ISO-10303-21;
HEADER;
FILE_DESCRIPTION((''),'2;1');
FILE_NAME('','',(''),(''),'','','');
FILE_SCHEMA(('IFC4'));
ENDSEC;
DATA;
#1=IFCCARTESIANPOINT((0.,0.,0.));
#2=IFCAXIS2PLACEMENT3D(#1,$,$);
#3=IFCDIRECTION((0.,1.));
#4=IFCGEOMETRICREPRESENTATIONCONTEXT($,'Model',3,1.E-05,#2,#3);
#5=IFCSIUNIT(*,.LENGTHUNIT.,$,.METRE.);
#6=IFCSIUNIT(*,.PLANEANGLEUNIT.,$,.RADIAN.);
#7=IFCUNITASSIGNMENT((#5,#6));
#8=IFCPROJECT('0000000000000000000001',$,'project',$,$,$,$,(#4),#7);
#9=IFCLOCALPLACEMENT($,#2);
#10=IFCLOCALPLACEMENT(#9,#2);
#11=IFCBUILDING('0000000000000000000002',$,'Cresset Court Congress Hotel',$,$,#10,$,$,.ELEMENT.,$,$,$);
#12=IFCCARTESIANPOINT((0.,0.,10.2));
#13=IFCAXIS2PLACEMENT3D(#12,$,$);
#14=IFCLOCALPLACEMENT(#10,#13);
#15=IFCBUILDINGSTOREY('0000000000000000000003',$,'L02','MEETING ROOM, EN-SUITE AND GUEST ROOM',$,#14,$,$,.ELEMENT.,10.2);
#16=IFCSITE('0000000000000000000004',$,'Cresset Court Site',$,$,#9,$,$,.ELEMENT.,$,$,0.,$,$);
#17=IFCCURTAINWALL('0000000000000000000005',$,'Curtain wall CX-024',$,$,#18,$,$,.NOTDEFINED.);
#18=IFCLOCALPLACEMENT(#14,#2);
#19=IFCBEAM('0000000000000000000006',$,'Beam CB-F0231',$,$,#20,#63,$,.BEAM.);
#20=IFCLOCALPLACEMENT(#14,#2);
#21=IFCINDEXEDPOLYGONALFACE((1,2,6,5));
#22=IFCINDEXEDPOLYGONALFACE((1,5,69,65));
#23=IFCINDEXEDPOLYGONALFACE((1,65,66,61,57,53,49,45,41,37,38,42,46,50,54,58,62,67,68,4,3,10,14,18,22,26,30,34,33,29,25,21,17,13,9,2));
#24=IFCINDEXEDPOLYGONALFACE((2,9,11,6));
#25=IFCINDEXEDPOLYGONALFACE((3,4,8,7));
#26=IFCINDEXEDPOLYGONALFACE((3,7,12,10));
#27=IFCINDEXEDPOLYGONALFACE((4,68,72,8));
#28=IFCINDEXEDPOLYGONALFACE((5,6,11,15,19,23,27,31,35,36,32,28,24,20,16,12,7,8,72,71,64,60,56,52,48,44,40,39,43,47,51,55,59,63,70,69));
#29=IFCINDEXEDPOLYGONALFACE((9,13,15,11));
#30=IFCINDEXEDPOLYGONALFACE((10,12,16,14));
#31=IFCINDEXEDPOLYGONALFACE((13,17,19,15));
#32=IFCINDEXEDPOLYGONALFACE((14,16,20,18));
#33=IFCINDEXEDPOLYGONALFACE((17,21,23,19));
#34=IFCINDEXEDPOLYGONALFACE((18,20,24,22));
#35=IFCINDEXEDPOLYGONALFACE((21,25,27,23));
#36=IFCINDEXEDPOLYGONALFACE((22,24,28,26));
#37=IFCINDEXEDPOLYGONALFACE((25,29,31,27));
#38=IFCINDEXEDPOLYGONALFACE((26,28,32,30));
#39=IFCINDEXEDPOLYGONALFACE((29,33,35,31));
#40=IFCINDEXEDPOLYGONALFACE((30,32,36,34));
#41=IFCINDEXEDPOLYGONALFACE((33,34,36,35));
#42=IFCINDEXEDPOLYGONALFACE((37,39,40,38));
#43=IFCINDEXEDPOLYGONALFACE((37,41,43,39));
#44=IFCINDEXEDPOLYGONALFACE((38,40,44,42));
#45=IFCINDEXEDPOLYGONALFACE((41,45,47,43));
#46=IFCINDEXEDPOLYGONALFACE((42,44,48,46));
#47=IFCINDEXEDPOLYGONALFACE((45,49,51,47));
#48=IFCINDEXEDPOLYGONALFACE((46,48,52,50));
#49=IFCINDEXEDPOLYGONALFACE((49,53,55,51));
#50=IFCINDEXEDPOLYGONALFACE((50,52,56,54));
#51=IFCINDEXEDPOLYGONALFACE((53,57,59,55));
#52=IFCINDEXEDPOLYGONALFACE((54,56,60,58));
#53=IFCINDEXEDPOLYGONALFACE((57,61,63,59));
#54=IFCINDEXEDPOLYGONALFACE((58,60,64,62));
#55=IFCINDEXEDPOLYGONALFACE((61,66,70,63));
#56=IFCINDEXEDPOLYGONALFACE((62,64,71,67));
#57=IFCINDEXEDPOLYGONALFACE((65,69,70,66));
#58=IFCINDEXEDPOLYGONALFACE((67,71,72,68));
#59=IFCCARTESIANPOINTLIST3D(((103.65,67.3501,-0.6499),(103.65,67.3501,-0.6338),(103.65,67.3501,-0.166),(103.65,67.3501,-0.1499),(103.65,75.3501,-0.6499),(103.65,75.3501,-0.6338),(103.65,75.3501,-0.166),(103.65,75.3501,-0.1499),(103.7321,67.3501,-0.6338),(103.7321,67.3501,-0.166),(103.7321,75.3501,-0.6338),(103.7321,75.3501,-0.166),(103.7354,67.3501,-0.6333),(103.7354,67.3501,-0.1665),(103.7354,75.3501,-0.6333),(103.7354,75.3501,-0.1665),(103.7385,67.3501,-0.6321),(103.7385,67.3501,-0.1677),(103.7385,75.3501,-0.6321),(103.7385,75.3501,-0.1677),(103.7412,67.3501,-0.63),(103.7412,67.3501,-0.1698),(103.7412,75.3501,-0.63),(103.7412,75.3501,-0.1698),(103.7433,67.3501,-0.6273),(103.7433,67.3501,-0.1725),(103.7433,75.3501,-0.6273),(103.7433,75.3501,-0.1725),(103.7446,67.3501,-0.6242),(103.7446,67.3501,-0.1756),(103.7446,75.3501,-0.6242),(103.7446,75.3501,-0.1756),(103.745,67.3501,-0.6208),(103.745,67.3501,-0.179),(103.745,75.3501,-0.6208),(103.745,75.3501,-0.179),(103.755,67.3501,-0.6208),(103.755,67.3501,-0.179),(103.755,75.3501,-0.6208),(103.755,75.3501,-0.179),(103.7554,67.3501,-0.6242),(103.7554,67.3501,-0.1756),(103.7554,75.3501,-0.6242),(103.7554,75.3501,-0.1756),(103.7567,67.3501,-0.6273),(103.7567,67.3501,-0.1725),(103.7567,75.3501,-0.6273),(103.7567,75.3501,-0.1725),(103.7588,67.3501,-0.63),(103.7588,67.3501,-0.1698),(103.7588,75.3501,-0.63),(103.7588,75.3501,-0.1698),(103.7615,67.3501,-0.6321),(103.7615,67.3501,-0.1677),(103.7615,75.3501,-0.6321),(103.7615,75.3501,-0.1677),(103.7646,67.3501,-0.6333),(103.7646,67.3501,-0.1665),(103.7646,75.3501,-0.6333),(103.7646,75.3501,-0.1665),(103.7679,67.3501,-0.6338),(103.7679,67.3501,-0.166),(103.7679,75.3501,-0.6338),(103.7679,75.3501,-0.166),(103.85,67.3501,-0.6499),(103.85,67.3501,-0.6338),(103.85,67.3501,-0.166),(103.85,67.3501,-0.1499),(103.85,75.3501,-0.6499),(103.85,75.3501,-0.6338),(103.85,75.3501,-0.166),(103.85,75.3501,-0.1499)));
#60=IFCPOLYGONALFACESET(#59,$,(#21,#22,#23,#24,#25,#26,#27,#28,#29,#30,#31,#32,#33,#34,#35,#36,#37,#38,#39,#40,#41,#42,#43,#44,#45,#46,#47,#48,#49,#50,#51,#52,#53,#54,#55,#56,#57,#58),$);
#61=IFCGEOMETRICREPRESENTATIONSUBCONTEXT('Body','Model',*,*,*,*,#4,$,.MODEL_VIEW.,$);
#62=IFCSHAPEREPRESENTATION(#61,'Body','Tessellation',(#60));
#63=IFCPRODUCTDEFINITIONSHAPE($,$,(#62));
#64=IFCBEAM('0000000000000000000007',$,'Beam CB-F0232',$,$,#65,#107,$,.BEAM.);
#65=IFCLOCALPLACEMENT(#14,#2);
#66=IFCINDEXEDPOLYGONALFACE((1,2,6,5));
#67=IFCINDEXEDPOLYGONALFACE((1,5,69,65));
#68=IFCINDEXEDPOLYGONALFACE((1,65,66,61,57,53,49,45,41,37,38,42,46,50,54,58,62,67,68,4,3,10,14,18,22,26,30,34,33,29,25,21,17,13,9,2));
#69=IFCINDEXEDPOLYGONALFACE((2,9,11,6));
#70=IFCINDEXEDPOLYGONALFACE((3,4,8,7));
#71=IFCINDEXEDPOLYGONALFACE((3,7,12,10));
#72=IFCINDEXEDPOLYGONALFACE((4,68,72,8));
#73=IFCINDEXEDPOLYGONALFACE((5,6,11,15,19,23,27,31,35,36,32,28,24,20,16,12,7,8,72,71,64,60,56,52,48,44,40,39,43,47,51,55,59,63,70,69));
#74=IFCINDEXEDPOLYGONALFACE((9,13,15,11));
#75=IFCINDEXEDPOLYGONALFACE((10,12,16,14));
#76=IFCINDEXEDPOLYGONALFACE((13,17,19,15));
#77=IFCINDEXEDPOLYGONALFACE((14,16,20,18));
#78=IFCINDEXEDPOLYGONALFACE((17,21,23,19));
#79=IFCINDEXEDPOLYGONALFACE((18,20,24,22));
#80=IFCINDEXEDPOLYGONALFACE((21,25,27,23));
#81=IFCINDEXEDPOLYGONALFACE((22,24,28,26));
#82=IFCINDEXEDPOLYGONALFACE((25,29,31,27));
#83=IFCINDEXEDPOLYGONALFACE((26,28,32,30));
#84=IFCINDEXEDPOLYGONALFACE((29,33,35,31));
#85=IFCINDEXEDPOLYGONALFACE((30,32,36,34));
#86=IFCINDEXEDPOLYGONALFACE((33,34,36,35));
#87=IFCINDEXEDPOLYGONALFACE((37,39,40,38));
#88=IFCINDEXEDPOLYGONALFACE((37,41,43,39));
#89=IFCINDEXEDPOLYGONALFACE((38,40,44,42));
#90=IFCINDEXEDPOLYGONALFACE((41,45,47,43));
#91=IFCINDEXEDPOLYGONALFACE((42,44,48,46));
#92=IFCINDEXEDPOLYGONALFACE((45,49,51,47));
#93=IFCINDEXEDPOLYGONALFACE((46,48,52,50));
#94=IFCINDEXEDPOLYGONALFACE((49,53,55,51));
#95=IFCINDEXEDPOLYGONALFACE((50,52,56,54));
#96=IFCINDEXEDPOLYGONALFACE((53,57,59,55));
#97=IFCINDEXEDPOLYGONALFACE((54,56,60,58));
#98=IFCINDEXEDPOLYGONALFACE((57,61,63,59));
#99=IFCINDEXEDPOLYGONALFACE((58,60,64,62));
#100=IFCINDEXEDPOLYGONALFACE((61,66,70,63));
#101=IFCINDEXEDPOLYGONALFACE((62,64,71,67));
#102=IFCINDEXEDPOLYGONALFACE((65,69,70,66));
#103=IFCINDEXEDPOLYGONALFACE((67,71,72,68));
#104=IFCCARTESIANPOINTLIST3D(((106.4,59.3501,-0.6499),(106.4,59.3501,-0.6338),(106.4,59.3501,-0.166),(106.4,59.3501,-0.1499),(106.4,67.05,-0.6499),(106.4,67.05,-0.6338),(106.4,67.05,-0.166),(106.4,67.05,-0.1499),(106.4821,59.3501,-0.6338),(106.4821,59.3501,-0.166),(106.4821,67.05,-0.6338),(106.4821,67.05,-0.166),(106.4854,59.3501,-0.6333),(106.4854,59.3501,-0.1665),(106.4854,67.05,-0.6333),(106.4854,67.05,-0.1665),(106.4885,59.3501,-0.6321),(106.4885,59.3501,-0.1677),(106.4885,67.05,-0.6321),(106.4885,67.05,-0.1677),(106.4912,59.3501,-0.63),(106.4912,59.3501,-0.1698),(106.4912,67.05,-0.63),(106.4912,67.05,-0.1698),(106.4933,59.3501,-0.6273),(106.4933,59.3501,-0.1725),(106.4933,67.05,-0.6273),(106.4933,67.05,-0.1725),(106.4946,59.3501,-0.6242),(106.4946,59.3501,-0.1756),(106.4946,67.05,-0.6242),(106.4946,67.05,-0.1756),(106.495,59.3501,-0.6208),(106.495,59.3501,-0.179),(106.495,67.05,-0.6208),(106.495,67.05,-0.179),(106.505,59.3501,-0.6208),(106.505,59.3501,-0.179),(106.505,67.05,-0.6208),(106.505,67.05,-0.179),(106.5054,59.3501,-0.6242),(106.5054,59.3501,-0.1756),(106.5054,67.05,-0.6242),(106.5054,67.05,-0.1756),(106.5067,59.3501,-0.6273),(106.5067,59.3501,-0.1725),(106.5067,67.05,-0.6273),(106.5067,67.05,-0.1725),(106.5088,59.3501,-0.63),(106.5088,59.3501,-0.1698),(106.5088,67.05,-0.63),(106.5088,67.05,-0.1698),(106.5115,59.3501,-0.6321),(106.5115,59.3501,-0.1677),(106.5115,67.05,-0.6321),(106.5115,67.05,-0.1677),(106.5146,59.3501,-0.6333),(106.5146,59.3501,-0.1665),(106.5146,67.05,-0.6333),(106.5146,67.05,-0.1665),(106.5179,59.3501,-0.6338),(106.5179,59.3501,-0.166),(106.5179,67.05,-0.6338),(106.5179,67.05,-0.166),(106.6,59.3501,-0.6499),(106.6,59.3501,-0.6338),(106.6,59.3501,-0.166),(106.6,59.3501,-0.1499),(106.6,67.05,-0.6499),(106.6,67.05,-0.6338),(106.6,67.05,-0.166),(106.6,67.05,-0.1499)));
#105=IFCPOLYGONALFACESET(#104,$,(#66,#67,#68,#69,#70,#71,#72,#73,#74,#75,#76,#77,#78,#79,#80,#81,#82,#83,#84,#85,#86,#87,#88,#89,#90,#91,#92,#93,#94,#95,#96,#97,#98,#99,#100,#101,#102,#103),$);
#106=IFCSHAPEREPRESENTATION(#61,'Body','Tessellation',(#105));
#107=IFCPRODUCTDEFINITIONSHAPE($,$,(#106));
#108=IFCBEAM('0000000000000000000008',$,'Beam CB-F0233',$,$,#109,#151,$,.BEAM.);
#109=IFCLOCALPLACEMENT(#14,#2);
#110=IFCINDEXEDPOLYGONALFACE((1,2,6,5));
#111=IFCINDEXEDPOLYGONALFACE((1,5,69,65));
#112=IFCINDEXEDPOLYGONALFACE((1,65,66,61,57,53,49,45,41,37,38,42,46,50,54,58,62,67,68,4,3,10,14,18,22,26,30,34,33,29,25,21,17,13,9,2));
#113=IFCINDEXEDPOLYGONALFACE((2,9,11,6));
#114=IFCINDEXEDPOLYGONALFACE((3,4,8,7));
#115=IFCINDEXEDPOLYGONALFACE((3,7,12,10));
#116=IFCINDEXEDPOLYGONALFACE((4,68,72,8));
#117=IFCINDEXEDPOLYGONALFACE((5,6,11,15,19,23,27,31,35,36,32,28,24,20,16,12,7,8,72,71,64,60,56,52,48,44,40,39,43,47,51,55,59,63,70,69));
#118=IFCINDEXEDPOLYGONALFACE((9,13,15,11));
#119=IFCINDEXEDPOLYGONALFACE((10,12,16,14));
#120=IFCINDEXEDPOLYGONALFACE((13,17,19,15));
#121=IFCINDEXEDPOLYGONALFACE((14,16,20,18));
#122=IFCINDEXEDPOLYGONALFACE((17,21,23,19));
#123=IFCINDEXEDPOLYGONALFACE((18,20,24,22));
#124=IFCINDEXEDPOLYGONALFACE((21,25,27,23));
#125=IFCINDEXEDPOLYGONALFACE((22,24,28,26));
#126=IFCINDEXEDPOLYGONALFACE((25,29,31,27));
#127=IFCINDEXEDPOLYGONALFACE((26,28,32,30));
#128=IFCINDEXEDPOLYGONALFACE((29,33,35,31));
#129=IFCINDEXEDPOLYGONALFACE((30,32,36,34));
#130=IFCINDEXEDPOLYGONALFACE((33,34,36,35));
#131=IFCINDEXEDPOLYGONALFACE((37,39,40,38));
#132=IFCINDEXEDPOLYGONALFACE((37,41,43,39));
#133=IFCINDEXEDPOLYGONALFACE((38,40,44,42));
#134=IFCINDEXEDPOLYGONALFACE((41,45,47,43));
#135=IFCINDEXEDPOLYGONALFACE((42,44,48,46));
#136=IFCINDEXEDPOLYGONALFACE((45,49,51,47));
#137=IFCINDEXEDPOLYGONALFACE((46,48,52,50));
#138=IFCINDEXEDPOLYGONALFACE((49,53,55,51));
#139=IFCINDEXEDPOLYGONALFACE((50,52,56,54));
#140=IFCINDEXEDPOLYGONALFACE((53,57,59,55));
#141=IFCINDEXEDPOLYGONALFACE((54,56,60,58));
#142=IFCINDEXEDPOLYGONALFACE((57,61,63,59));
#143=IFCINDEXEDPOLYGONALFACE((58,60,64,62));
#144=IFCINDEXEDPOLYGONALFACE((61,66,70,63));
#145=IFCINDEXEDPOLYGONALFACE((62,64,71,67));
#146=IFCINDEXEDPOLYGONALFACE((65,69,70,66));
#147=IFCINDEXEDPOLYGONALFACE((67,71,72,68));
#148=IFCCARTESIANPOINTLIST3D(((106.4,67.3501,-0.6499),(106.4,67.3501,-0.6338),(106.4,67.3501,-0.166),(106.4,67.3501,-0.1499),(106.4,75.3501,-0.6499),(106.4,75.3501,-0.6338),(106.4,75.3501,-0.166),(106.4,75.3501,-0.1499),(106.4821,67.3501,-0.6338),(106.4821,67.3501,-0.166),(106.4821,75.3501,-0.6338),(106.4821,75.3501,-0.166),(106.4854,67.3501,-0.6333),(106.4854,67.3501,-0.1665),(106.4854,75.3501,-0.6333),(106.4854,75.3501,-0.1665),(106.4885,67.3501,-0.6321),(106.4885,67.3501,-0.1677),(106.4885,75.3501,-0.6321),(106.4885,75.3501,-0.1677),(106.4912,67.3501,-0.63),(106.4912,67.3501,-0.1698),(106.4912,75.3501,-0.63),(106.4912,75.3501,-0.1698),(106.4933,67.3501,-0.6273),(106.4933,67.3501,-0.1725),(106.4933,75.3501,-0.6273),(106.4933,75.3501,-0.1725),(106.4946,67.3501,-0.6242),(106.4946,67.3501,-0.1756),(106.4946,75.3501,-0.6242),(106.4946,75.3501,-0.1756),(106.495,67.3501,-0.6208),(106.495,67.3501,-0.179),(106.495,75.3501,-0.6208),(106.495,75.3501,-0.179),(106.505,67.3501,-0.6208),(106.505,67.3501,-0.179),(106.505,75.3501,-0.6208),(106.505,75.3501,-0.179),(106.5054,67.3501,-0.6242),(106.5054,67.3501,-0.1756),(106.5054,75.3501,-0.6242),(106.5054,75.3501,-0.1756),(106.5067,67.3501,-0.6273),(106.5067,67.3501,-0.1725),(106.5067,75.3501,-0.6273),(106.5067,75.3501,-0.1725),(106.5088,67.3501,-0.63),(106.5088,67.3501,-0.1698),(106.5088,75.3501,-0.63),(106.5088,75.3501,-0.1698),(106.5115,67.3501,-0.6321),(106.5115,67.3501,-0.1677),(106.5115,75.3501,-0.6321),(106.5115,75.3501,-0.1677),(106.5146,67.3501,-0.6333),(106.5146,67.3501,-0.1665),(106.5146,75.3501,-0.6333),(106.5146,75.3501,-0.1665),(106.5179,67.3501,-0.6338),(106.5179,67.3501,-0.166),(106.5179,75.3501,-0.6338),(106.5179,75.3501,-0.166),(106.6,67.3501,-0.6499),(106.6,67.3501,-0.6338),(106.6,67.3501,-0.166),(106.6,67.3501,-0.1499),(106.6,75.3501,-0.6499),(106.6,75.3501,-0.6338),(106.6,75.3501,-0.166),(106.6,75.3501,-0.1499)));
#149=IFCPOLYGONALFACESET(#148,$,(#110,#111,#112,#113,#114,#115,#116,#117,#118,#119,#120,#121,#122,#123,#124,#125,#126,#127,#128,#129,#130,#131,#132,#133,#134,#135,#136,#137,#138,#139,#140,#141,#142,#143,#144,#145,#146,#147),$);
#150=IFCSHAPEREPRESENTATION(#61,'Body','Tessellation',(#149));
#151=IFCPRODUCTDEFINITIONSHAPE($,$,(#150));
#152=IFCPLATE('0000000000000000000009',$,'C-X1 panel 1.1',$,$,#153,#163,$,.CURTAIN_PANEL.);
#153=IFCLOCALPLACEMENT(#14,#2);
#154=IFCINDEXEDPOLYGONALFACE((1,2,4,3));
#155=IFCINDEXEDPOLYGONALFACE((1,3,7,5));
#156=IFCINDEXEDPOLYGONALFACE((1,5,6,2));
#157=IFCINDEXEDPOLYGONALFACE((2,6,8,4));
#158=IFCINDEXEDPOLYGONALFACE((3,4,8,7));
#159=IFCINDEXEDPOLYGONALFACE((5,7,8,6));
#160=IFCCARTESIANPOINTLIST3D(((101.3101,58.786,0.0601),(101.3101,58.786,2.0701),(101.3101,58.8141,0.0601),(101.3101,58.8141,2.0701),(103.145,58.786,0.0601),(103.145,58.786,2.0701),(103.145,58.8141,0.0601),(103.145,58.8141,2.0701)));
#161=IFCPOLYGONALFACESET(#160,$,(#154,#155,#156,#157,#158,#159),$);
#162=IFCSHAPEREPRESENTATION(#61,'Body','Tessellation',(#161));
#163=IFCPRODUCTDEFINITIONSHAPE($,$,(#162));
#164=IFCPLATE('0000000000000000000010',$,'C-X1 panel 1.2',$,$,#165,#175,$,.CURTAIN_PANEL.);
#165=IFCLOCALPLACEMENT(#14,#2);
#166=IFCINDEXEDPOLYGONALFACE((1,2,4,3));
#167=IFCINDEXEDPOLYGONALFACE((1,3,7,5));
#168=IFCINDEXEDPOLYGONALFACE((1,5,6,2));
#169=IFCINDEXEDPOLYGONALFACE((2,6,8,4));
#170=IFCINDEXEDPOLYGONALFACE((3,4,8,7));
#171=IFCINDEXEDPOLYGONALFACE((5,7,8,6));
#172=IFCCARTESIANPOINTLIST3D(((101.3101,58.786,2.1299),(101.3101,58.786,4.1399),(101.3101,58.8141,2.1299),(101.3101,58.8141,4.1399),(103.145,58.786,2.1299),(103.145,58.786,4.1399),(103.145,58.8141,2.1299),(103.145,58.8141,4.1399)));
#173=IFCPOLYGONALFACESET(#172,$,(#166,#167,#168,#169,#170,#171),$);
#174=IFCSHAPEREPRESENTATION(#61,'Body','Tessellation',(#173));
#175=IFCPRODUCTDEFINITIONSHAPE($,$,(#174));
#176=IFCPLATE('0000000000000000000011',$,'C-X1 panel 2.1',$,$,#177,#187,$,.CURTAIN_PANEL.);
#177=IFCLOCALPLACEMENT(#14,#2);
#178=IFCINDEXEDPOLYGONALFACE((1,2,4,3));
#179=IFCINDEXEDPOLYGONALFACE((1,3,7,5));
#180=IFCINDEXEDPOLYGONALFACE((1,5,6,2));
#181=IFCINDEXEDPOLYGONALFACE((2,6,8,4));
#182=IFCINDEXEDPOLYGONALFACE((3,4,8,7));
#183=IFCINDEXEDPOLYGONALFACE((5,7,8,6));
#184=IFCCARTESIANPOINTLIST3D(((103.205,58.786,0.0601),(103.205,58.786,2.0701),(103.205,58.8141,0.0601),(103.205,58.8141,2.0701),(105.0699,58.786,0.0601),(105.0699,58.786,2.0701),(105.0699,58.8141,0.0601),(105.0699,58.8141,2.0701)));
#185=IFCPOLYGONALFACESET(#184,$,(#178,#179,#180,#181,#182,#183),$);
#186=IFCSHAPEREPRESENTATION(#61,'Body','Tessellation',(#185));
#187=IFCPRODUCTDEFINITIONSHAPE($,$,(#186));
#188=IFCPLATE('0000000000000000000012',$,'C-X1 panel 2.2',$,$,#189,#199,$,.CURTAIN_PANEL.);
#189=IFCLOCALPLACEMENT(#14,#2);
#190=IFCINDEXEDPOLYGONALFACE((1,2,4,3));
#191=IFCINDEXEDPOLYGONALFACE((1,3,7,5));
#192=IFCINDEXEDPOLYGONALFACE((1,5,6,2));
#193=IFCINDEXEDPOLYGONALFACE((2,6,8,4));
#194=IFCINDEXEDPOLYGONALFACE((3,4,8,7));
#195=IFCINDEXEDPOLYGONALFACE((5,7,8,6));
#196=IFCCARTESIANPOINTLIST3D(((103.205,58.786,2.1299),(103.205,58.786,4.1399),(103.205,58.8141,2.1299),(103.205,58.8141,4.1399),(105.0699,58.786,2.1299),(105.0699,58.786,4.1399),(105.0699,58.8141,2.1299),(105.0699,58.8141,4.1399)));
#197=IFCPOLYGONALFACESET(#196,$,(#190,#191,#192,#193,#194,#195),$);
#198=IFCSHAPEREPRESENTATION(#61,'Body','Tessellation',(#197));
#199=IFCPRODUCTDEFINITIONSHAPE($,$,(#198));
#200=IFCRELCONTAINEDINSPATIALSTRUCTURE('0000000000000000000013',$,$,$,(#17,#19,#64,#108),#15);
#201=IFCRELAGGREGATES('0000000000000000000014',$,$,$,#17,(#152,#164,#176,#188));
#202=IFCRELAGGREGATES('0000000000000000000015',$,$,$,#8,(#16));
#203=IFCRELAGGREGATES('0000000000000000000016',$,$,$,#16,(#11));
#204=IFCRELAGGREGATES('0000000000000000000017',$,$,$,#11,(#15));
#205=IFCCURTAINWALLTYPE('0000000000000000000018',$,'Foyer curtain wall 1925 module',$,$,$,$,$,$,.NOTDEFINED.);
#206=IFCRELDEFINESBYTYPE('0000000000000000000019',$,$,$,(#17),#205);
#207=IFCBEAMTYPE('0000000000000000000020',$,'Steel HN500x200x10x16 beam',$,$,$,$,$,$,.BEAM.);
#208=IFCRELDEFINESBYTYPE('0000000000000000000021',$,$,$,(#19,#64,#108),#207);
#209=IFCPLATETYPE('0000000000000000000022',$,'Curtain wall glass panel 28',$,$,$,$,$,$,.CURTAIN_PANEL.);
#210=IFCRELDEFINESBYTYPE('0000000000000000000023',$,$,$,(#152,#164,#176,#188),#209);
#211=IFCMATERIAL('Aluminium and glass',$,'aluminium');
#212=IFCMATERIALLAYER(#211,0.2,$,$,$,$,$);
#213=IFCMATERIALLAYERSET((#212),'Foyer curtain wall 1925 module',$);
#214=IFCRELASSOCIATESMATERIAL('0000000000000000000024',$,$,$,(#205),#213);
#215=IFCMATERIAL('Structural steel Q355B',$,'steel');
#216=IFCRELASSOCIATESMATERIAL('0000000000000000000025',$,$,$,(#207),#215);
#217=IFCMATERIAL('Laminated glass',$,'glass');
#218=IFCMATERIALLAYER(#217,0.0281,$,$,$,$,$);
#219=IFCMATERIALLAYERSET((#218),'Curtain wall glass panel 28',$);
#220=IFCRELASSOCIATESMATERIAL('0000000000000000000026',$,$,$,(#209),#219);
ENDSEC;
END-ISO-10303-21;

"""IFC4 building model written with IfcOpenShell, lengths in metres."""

from ifc_helpers import new_model, si_unit, direction, frame, origin, origin_2d, place, context, subcontext, project, spatial, rectangle, i_section, extrude, material, layer, layer_set, material_profile, profile_set, type_object, element, aggregate, save


model = new_model("IFC4")

# Units and contexts
model_context = context("Model", 3, precision=1e-05, world=origin(), true_north=direction((0.0, 1.0)))
body_context = subcontext(model_context, "Body", "Model", "MODEL_VIEW")
ifc_project = project(units=[si_unit("LENGTHUNIT", "METRE"), si_unit("PLANEANGLEUNIT", "RADIAN")], contexts=[model_context])

# Site, building, storey
site_placement = place(None, origin())
site = spatial("IfcSite", under=ifc_project, at=site_placement, Name="Cresset Court Site", CompositionType="ELEMENT", RefElevation=0.0)
building_placement = place(site_placement, origin())
building = spatial("IfcBuilding", under=site, at=building_placement, Name="Cresset Court Congress Hotel", CompositionType="ELEMENT")
storey_placement = place(building_placement, frame((0.0, 0.0, 10.2)))
storey = spatial("IfcBuildingStorey", under=building, at=storey_placement, Name="L02", Description="MEETING ROOM, EN-SUITE AND GUEST ROOM", CompositionType="ELEMENT", Elevation=10.2)

# Curtain wall
ifc_material_1 = material(Name="Aluminium and glass", Category="aluminium")
ifc_layer_1 = layer(ifc_material_1, 0.2)
ifc_layer_set_1 = layer_set([ifc_layer_1], Name="Foyer curtain wall 1925 module")
curtain_wall_type = type_object("IfcCurtainWallType", Name="Foyer curtain wall 1925 module", PredefinedType="NOTDEFINED", material=ifc_layer_set_1)
curtain_wall_placement = place(storey_placement, origin())
curtain_wall = element("IfcCurtainWall", 1, at=curtain_wall_placement, inside=storey, type_object=curtain_wall_type, Name="Curtain wall CX-024", PredefinedType="NOTDEFINED")

# Beams
ifc_material_2 = material(Name="Structural steel Q355B", Category="steel")
ifc_material_profile_1 = material_profile(ifc_material_2, i_section(OverallWidth=0.2, OverallDepth=0.5, WebThickness=0.01, FlangeThickness=0.0161, FilletRadius=0.0129, at=origin_2d()), Name="HN500x200x10x16")
ifc_profile_set_1 = profile_set([ifc_material_profile_1], Name="Structural steel Q355B")
beam_type_1 = type_object("IfcBeamType", Name="Steel HN500x200x10x16 beam", PredefinedType="BEAM", material=ifc_profile_set_1)
beam_1_placement = place(storey_placement, frame((103.75, 67.3501, -0.3999), z_axis=(0.0, 1.0, 0.0), x_axis=(-1.0, 0.0, 0.0)))
element("IfcBeam", 2, at=beam_1_placement, inside=storey, type_object=beam_type_1, Name="Beam CB-F0231", PredefinedType="BEAM", context=body_context, shape_type="SweptSolid", body=[
    extrude(i_section(OverallWidth=0.2, OverallDepth=0.5, WebThickness=0.01, FlangeThickness=0.0161, FilletRadius=0.0129, at=origin_2d()), origin(), (0.0, 0.0, 1.0), 8.0),
])
beam_2_placement = place(storey_placement, frame((106.5, 59.3501, -0.3999), z_axis=(0.0, 1.0, 0.0), x_axis=(-1.0, 0.0, 0.0)))
element("IfcBeam", 3, at=beam_2_placement, inside=storey, type_object=beam_type_1, Name="Beam CB-F0232", PredefinedType="BEAM", context=body_context, shape_type="SweptSolid", body=[
    extrude(i_section(OverallWidth=0.2, OverallDepth=0.5, WebThickness=0.01, FlangeThickness=0.0161, FilletRadius=0.0129, at=origin_2d()), origin(), (0.0, 0.0, 1.0), 7.7),
])
beam_3_placement = place(storey_placement, frame((106.5, 67.3501, -0.3999), z_axis=(0.0, 1.0, 0.0), x_axis=(-1.0, 0.0, 0.0)))
element("IfcBeam", 4, at=beam_3_placement, inside=storey, type_object=beam_type_1, Name="Beam CB-F0233", PredefinedType="BEAM", context=body_context, shape_type="SweptSolid", body=[
    extrude(i_section(OverallWidth=0.2, OverallDepth=0.5, WebThickness=0.01, FlangeThickness=0.0161, FilletRadius=0.0129, at=origin_2d()), origin(), (0.0, 0.0, 1.0), 8.0),
])

# Plates
ifc_material_3 = material(Name="Laminated glass", Category="glass")
ifc_layer_2 = layer(ifc_material_3, 0.0281)
ifc_layer_set_2 = layer_set([ifc_layer_2], Name="Curtain wall glass panel 28")
plate_type = type_object("IfcPlateType", Name="Curtain wall glass panel 28", PredefinedType="CURTAIN_PANEL", material=ifc_layer_set_2)
plate_1_placement = place(storey_placement, frame((102.2275, 58.8, 0.0601), z_axis=(0.0, 0.0, 1.0), x_axis=(1.0, 0.0, 0.0)))
plate_1 = element("IfcPlate", 5, at=plate_1_placement, type_object=plate_type, Name="C-X1 panel 1.1", PredefinedType="CURTAIN_PANEL", context=body_context, shape_type="SweptSolid", body=[
    extrude(rectangle(XDim=1.835, YDim=0.0281, at=origin_2d()), origin(), (0.0, 0.0, 1.0), 2.01),
])
plate_2_placement = place(storey_placement, frame((102.2275, 58.8, 2.1299), z_axis=(0.0, 0.0, 1.0), x_axis=(1.0, 0.0, 0.0)))
plate_2 = element("IfcPlate", 6, at=plate_2_placement, type_object=plate_type, Name="C-X1 panel 1.2", PredefinedType="CURTAIN_PANEL", context=body_context, shape_type="SweptSolid", body=[
    extrude(rectangle(XDim=1.835, YDim=0.0281, at=origin_2d()), origin(), (0.0, 0.0, 1.0), 2.01),
])
plate_3_placement = place(storey_placement, frame((104.1375, 58.8, 0.0601), z_axis=(0.0, 0.0, 1.0), x_axis=(1.0, 0.0, 0.0)))
plate_3 = element("IfcPlate", 7, at=plate_3_placement, type_object=plate_type, Name="C-X1 panel 2.1", PredefinedType="CURTAIN_PANEL", context=body_context, shape_type="SweptSolid", body=[
    extrude(rectangle(XDim=1.865, YDim=0.0281, at=origin_2d()), origin(), (0.0, 0.0, 1.0), 2.01),
])
plate_4_placement = place(storey_placement, frame((104.1375, 58.8, 2.1299), z_axis=(0.0, 0.0, 1.0), x_axis=(1.0, 0.0, 0.0)))
plate_4 = element("IfcPlate", 8, at=plate_4_placement, type_object=plate_type, Name="C-X1 panel 2.2", PredefinedType="CURTAIN_PANEL", context=body_context, shape_type="SweptSolid", body=[
    extrude(rectangle(XDim=1.865, YDim=0.0281, at=origin_2d()), origin(), (0.0, 0.0, 1.0), 2.01),
])
aggregate(curtain_wall, [plate_1, plate_2, plate_3, plate_4])

save(model, "model.ifc")
